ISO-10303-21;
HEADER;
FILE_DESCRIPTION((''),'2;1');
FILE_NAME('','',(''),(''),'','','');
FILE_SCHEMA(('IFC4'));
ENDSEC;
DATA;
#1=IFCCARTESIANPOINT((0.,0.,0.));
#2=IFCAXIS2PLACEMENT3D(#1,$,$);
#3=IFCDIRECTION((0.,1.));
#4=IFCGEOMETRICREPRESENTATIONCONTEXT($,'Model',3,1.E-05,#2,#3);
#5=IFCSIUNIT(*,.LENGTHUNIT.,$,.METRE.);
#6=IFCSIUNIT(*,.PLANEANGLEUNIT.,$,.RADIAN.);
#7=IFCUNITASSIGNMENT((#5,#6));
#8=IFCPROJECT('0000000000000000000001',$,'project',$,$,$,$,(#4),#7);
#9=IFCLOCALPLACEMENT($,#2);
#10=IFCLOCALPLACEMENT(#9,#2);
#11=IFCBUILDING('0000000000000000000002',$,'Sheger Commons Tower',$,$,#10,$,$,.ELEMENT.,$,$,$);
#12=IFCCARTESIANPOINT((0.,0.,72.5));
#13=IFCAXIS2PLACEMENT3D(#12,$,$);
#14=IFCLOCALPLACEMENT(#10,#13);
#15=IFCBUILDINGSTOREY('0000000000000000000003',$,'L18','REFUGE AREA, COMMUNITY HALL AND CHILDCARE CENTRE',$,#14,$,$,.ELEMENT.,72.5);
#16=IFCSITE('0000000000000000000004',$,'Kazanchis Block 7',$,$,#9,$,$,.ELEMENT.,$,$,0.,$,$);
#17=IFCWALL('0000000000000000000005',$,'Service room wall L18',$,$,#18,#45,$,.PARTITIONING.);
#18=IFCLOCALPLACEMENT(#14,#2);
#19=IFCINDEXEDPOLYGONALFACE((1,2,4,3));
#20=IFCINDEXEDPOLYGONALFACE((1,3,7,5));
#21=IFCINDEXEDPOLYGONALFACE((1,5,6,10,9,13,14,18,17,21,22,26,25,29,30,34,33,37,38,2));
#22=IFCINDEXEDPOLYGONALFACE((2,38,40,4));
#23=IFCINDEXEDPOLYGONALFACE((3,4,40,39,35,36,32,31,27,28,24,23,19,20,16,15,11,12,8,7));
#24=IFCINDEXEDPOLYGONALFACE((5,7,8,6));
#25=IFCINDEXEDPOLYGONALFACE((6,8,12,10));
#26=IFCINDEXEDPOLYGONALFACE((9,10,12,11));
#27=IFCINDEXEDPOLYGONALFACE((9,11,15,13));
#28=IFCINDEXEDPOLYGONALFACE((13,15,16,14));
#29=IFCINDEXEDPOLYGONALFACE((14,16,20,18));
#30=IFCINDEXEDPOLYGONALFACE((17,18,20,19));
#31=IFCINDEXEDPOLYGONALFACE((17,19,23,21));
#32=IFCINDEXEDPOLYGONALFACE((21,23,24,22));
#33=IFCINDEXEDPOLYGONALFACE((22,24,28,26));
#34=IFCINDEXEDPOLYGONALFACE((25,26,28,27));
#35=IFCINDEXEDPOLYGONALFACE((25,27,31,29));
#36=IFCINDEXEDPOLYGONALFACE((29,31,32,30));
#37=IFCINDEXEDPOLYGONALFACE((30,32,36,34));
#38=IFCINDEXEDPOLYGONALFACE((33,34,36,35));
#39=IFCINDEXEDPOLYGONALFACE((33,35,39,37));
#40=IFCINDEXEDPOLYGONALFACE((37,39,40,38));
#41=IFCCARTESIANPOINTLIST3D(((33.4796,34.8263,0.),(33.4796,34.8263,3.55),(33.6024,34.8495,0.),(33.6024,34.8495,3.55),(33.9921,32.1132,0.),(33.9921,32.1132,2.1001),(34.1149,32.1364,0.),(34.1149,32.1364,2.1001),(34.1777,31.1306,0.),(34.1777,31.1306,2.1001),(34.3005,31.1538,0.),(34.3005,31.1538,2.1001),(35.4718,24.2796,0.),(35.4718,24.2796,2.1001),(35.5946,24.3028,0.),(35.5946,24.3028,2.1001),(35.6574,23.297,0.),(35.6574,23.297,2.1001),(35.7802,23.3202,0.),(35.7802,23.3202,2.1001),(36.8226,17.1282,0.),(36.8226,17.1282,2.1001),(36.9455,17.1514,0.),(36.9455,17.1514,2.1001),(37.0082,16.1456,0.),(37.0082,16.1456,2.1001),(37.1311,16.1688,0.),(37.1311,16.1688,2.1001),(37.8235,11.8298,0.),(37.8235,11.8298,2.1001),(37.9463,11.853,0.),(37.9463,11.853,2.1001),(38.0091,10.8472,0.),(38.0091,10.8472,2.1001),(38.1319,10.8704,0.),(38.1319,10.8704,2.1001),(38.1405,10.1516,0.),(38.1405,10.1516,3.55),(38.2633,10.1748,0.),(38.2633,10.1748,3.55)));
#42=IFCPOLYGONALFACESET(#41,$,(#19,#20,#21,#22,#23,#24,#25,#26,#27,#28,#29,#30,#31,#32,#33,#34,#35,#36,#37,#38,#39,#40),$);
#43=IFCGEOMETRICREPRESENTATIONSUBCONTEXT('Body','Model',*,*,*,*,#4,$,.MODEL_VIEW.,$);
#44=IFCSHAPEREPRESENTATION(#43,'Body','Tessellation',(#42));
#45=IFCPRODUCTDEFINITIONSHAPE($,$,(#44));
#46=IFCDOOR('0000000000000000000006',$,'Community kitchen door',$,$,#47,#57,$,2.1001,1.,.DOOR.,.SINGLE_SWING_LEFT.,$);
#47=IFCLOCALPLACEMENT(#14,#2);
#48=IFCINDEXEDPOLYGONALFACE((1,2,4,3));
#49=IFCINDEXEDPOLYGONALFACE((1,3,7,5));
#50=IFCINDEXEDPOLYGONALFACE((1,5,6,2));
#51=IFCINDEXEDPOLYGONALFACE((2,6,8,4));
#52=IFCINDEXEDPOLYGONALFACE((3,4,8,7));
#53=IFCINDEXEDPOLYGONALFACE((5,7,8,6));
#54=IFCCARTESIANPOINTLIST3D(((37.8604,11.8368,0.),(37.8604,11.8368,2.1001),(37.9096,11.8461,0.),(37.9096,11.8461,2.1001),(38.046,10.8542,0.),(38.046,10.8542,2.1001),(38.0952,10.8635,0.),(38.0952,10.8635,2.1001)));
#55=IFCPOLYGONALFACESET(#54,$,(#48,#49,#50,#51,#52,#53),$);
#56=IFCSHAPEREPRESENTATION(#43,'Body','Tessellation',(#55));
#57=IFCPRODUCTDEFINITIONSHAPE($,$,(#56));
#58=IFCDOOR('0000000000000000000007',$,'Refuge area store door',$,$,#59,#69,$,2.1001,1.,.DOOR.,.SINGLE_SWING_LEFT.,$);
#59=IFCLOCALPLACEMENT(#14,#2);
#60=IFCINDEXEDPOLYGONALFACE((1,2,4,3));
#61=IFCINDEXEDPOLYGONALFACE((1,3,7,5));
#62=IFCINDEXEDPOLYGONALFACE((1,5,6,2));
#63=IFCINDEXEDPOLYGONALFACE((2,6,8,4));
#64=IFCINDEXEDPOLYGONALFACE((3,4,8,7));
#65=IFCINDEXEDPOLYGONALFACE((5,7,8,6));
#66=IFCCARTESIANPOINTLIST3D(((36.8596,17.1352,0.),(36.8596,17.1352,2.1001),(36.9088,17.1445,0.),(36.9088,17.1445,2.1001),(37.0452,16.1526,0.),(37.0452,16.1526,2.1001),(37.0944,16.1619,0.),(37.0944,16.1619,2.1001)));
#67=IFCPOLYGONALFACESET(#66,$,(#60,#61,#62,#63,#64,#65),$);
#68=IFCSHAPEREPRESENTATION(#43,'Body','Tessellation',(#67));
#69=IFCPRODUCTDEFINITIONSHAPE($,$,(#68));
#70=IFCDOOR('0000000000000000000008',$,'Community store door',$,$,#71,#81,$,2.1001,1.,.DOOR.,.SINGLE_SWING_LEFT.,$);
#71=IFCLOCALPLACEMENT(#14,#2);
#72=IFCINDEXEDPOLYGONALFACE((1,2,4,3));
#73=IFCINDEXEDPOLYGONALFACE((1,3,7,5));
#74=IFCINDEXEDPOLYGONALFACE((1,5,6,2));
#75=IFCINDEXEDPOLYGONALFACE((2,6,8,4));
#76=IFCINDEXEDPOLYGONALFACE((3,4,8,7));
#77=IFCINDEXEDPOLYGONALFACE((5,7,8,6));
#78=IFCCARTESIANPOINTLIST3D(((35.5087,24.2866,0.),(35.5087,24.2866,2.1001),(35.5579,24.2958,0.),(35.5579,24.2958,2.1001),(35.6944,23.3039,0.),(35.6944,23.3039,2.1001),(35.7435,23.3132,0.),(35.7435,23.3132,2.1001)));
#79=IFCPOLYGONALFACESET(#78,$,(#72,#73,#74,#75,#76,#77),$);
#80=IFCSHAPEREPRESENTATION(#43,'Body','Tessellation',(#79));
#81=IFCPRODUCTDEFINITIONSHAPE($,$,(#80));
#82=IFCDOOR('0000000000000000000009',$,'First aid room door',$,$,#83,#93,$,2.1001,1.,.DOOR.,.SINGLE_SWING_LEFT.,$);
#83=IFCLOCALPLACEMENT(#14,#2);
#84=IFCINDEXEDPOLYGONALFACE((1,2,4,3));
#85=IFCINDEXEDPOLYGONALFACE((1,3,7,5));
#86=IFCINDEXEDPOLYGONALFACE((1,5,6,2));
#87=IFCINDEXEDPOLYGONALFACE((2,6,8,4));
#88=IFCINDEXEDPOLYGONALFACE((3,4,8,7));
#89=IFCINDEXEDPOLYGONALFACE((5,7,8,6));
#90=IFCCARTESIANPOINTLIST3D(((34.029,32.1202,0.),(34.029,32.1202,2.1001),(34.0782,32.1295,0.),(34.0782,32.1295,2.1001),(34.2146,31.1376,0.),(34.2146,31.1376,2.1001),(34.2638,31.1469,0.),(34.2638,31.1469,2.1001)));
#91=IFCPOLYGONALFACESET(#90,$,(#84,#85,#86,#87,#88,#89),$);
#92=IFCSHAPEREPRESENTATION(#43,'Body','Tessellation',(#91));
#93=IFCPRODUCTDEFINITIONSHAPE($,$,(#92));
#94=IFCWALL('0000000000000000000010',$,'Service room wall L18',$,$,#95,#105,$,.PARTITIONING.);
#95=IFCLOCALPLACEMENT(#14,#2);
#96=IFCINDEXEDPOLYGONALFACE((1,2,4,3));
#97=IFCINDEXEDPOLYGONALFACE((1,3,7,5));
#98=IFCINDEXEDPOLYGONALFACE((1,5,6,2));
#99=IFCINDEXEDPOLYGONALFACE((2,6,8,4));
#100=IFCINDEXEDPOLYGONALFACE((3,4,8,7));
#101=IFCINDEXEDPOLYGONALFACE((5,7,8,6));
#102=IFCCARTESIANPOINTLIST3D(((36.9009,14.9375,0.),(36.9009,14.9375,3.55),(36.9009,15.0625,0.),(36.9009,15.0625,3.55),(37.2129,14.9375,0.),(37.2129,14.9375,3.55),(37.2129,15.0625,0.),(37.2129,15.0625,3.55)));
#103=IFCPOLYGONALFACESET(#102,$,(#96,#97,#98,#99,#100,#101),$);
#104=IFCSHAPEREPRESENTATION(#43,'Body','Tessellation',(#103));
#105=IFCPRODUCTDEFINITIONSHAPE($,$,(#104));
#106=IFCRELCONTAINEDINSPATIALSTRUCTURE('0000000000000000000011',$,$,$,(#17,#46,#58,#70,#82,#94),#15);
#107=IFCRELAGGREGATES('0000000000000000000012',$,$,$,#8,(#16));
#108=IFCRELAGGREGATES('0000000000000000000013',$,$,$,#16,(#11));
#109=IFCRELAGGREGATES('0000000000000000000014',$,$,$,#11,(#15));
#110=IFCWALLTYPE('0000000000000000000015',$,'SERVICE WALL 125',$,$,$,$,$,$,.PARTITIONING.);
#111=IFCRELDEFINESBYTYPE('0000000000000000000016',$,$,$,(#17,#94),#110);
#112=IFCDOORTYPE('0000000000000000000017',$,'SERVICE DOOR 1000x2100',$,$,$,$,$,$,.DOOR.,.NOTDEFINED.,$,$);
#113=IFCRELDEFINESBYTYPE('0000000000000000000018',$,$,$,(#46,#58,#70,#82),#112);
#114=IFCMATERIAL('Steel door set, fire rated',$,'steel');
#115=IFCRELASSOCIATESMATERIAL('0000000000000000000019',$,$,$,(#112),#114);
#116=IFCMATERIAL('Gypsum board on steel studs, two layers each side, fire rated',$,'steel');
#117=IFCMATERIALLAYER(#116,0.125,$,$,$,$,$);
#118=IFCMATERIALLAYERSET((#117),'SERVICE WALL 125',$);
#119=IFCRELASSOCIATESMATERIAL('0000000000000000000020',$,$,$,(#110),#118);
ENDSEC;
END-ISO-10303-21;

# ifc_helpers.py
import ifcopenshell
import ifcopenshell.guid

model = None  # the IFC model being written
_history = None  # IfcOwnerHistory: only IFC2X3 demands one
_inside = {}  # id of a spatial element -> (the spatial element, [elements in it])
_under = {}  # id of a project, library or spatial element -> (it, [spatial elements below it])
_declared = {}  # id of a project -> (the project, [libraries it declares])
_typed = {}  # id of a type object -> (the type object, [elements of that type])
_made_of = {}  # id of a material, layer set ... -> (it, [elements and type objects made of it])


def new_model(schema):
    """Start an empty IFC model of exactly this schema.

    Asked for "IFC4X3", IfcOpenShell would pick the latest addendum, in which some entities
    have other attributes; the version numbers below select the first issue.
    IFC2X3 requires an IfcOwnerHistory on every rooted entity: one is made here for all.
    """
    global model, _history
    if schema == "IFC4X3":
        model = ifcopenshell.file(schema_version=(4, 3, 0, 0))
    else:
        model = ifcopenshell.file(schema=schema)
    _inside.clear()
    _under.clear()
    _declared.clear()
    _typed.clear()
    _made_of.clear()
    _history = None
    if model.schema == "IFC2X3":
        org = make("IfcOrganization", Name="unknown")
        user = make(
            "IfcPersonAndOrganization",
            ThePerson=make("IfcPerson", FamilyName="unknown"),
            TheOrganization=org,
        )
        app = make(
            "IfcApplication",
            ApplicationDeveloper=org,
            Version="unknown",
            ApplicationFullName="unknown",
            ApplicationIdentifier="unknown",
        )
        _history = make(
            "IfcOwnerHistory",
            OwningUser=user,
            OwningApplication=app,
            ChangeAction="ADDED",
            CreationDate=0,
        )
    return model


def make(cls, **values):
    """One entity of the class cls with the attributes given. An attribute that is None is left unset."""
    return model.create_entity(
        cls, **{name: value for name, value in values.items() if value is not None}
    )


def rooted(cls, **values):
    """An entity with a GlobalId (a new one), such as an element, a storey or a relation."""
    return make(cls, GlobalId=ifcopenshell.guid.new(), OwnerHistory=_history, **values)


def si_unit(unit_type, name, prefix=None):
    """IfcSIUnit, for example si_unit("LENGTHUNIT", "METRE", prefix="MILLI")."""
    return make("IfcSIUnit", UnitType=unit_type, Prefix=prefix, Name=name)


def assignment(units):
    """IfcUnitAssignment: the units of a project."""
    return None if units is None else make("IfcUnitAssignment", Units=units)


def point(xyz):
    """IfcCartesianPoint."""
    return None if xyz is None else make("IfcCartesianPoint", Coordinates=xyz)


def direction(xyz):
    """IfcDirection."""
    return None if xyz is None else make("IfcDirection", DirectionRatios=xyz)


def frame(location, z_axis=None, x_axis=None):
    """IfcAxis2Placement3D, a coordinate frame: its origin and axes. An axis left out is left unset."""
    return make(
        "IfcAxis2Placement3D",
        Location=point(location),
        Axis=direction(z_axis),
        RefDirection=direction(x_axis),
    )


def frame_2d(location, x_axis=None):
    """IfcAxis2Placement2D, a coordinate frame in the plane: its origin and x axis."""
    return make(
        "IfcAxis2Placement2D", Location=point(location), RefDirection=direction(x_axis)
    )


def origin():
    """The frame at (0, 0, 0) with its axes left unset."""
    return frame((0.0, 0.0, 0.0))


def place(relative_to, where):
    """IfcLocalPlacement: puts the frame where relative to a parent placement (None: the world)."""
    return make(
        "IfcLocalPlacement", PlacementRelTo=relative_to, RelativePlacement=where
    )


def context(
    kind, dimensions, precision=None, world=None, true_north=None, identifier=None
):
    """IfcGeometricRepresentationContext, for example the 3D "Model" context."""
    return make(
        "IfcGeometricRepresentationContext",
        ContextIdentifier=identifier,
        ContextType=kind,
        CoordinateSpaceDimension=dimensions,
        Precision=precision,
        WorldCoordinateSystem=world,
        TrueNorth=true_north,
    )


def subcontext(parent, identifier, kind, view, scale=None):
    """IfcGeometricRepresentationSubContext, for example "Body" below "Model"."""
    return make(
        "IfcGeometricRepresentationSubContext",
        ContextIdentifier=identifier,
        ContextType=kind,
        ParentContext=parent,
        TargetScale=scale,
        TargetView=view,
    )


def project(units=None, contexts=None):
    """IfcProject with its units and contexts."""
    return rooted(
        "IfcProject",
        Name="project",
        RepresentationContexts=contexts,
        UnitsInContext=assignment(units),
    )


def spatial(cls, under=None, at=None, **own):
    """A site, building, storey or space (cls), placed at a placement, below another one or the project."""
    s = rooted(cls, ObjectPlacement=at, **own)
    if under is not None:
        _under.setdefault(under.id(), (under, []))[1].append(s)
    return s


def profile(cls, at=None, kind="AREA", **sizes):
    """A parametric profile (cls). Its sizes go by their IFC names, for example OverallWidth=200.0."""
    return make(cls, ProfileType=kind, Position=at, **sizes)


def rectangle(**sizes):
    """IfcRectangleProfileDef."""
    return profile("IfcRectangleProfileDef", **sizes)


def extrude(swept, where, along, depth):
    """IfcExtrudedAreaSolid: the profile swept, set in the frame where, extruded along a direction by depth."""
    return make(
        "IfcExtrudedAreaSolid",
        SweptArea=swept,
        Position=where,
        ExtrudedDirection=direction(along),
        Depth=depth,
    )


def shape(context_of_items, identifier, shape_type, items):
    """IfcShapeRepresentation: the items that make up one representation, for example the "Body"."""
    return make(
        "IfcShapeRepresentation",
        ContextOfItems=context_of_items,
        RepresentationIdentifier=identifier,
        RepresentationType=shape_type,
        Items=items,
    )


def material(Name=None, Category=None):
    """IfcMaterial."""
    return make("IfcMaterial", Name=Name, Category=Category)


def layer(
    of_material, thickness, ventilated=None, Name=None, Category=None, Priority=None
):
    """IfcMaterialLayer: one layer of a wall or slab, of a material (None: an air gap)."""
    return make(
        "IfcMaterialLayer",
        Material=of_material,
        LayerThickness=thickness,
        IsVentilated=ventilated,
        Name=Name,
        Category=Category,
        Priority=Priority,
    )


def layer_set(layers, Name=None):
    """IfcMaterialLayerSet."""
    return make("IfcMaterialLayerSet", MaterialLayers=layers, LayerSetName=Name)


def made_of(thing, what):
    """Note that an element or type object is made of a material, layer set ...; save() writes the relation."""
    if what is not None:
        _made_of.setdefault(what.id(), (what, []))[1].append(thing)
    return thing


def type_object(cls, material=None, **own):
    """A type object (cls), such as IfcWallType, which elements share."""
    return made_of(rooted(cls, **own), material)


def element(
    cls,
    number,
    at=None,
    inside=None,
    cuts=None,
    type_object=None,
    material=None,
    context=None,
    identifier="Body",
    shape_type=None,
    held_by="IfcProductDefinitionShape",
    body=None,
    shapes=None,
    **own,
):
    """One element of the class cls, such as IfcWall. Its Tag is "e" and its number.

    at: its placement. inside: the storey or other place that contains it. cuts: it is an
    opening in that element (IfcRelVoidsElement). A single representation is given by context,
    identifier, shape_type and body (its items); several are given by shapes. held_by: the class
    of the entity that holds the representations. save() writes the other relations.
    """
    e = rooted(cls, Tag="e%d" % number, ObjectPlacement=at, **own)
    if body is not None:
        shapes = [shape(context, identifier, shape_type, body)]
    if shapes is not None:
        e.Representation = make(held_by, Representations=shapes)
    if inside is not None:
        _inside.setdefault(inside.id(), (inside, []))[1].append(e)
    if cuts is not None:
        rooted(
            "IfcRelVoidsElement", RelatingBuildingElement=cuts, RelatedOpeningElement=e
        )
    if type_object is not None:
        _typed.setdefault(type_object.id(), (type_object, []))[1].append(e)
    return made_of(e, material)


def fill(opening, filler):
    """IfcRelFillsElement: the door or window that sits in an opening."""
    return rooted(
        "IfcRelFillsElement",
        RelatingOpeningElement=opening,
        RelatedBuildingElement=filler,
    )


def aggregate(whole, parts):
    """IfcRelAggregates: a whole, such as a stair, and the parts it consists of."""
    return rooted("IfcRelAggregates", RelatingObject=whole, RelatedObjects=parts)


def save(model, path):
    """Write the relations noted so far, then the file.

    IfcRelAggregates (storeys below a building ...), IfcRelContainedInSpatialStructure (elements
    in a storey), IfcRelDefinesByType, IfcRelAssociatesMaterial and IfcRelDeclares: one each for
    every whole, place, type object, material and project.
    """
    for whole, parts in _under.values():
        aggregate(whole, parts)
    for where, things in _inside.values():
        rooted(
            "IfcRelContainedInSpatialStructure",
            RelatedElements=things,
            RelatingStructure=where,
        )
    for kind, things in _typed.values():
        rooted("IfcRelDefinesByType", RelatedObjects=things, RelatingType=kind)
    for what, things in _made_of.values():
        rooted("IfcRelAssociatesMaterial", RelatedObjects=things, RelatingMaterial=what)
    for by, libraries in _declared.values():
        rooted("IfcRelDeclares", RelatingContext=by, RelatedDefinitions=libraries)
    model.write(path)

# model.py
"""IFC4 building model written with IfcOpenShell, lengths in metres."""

from ifc_helpers import new_model, si_unit, direction, frame, frame_2d, origin, place, context, subcontext, project, spatial, rectangle, extrude, material, layer, layer_set, type_object, element, fill, save


model = new_model("IFC4")

# Units and contexts
model_context = context("Model", 3, precision=1e-05, world=origin(), true_north=direction((0.0, 1.0)))
body_context = subcontext(model_context, "Body", "Model", "MODEL_VIEW")
ifc_project = project(units=[si_unit("LENGTHUNIT", "METRE"), si_unit("PLANEANGLEUNIT", "RADIAN")], contexts=[model_context])

# Site, building, storey
site_placement = place(None, origin())
site = spatial("IfcSite", under=ifc_project, at=site_placement, Name="Kazanchis Block 7", CompositionType="ELEMENT", RefElevation=0.0)
building_placement = place(site_placement, origin())
building = spatial("IfcBuilding", under=site, at=building_placement, Name="Sheger Commons Tower", CompositionType="ELEMENT")
storey_placement = place(building_placement, frame((0.0, 0.0, 72.5)))
storey = spatial("IfcBuildingStorey", under=building, at=storey_placement, Name="L18", Description="REFUGE AREA, COMMUNITY HALL AND CHILDCARE CENTRE", CompositionType="ELEMENT", Elevation=72.5)

# Shared definitions
ifc_material_1 = material(Name="Steel door set, fire rated", Category="steel")
door_type = type_object("IfcDoorType", Name="SERVICE DOOR 1000x2100", OperationType="NOTDEFINED", PredefinedType="DOOR", material=ifc_material_1)

# Wall, openings, doors
ifc_material_2 = material(Name="Gypsum board on steel studs, two layers each side, fire rated", Category="steel")
ifc_layer_1 = layer(ifc_material_2, 0.125)
ifc_layer_set_1 = layer_set([ifc_layer_1], Name="SERVICE WALL 125")
wall_type_1 = type_object("IfcWallType", Name="SERVICE WALL 125", PredefinedType="PARTITIONING", material=ifc_layer_set_1)
wall_1_placement = place(storey_placement, frame((38.2019, 10.1631, 0.0), z_axis=(0.0, 0.0, 1.0), x_axis=(-0.18561, 0.982623, 0.0)))
wall_1 = element("IfcWall", 1, at=wall_1_placement, inside=storey, type_object=wall_type_1, Name="Service room wall L18", PredefinedType="PARTITIONING", context=body_context, shape_type="SweptSolid", body=[
    extrude(rectangle(XDim=25.1111, YDim=0.125, at=frame_2d((12.5557, 0.0))), origin(), (0.0, 0.0, 1.0), 3.55),
])
opening_1_placement = place(wall_1_placement, frame((0.708, 0.0, 0.0)))
opening_1 = element("IfcOpeningElement", 2, at=opening_1_placement, cuts=wall_1, PredefinedType="OPENING", context=body_context, shape_type="SweptSolid", body=[
    extrude(rectangle(XDim=1.0, YDim=2.1001, at=frame_2d((0.5, 1.05))), frame((0.0, 0.0725, 0.0), z_axis=(0.0, -1.0, 0.0), x_axis=(1.0, 0.0, 0.0)), (0.0, 0.0, 1.0), 0.145),
])
opening_2_placement = place(wall_1_placement, frame((6.1001, 0.0, 0.0)))
opening_2 = element("IfcOpeningElement", 3, at=opening_2_placement, cuts=wall_1, PredefinedType="OPENING", context=body_context, shape_type="SweptSolid", body=[
    extrude(rectangle(XDim=1.0, YDim=2.1001, at=frame_2d((0.5, 1.05))), frame((0.0, 0.0725, 0.0), z_axis=(0.0, -1.0, 0.0), x_axis=(1.0, 0.0, 0.0)), (0.0, 0.0, 1.0), 0.145),
])
opening_3_placement = place(wall_1_placement, frame((13.3779, 0.0, 0.0)))
opening_3 = element("IfcOpeningElement", 4, at=opening_3_placement, cuts=wall_1, PredefinedType="OPENING", context=body_context, shape_type="SweptSolid", body=[
    extrude(rectangle(XDim=1.0, YDim=2.1001, at=frame_2d((0.5, 1.05))), frame((0.0, 0.0725, 0.0), z_axis=(0.0, -1.0, 0.0), x_axis=(1.0, 0.0, 0.0)), (0.0, 0.0, 1.0), 0.145),
])
opening_4_placement = place(wall_1_placement, frame((21.3501, 0.0, 0.0)))
opening_4 = element("IfcOpeningElement", 5, at=opening_4_placement, cuts=wall_1, PredefinedType="OPENING", context=body_context, shape_type="SweptSolid", body=[
    extrude(rectangle(XDim=1.0, YDim=2.1001, at=frame_2d((0.5, 1.05))), frame((0.0, 0.0725, 0.0), z_axis=(0.0, -1.0, 0.0), x_axis=(1.0, 0.0, 0.0)), (0.0, 0.0, 1.0), 0.145),
])
door_1_placement = place(opening_1_placement, origin())
door_1 = element("IfcDoor", 6, at=door_1_placement, inside=storey, type_object=door_type, Name="Community kitchen door", OperationType="SINGLE_SWING_LEFT", OverallHeight=2.1001, OverallWidth=1.0, PredefinedType="DOOR", context=body_context, shape_type="SweptSolid", body=[
    extrude(rectangle(XDim=1.0, YDim=2.1001, at=frame_2d((0.5, 1.05))), frame((0.0, 0.0249, 0.0), z_axis=(0.0, -1.0, 0.0), x_axis=(1.0, 0.0, 0.0)), (0.0, 0.0, 1.0), 0.05),
])
fill(opening_1, door_1)
door_2_placement = place(opening_2_placement, origin())
door_2 = element("IfcDoor", 7, at=door_2_placement, inside=storey, type_object=door_type, Name="Refuge area store door", OperationType="SINGLE_SWING_LEFT", OverallHeight=2.1001, OverallWidth=1.0, PredefinedType="DOOR", context=body_context, shape_type="SweptSolid", body=[
    extrude(rectangle(XDim=1.0, YDim=2.1001, at=frame_2d((0.5, 1.05))), frame((0.0, 0.0249, 0.0), z_axis=(0.0, -1.0, 0.0), x_axis=(1.0, 0.0, 0.0)), (0.0, 0.0, 1.0), 0.05),
])
fill(opening_2, door_2)
door_3_placement = place(opening_3_placement, origin())
door_3 = element("IfcDoor", 8, at=door_3_placement, inside=storey, type_object=door_type, Name="Community store door", OperationType="SINGLE_SWING_LEFT", OverallHeight=2.1001, OverallWidth=1.0, PredefinedType="DOOR", context=body_context, shape_type="SweptSolid", body=[
    extrude(rectangle(XDim=1.0, YDim=2.1001, at=frame_2d((0.5, 1.05))), frame((0.0, 0.0249, 0.0), z_axis=(0.0, -1.0, 0.0), x_axis=(1.0, 0.0, 0.0)), (0.0, 0.0, 1.0), 0.05),
])
fill(opening_3, door_3)
door_4_placement = place(opening_4_placement, origin())
door_4 = element("IfcDoor", 9, at=door_4_placement, inside=storey, type_object=door_type, Name="First aid room door", OperationType="SINGLE_SWING_LEFT", OverallHeight=2.1001, OverallWidth=1.0, PredefinedType="DOOR", context=body_context, shape_type="SweptSolid", body=[
    extrude(rectangle(XDim=1.0, YDim=2.1001, at=frame_2d((0.5, 1.05))), frame((0.0, 0.0249, 0.0), z_axis=(0.0, -1.0, 0.0), x_axis=(1.0, 0.0, 0.0)), (0.0, 0.0, 1.0), 0.05),
])
fill(opening_4, door_4)

# Wall
wall_2_placement = place(storey_placement, frame((36.9009, 15.0, 0.0), z_axis=(0.0, 0.0, 1.0), x_axis=(1.0, 0.0, 0.0)))
element("IfcWall", 10, at=wall_2_placement, inside=storey, type_object=wall_type_1, Name="Service room wall L18", PredefinedType="PARTITIONING", context=body_context, shape_type="SweptSolid", body=[
    extrude(rectangle(XDim=0.312, YDim=0.125, at=frame_2d((0.156, 0.0))), origin(), (0.0, 0.0, 1.0), 3.55),
])

save(model, "model.ifc")
